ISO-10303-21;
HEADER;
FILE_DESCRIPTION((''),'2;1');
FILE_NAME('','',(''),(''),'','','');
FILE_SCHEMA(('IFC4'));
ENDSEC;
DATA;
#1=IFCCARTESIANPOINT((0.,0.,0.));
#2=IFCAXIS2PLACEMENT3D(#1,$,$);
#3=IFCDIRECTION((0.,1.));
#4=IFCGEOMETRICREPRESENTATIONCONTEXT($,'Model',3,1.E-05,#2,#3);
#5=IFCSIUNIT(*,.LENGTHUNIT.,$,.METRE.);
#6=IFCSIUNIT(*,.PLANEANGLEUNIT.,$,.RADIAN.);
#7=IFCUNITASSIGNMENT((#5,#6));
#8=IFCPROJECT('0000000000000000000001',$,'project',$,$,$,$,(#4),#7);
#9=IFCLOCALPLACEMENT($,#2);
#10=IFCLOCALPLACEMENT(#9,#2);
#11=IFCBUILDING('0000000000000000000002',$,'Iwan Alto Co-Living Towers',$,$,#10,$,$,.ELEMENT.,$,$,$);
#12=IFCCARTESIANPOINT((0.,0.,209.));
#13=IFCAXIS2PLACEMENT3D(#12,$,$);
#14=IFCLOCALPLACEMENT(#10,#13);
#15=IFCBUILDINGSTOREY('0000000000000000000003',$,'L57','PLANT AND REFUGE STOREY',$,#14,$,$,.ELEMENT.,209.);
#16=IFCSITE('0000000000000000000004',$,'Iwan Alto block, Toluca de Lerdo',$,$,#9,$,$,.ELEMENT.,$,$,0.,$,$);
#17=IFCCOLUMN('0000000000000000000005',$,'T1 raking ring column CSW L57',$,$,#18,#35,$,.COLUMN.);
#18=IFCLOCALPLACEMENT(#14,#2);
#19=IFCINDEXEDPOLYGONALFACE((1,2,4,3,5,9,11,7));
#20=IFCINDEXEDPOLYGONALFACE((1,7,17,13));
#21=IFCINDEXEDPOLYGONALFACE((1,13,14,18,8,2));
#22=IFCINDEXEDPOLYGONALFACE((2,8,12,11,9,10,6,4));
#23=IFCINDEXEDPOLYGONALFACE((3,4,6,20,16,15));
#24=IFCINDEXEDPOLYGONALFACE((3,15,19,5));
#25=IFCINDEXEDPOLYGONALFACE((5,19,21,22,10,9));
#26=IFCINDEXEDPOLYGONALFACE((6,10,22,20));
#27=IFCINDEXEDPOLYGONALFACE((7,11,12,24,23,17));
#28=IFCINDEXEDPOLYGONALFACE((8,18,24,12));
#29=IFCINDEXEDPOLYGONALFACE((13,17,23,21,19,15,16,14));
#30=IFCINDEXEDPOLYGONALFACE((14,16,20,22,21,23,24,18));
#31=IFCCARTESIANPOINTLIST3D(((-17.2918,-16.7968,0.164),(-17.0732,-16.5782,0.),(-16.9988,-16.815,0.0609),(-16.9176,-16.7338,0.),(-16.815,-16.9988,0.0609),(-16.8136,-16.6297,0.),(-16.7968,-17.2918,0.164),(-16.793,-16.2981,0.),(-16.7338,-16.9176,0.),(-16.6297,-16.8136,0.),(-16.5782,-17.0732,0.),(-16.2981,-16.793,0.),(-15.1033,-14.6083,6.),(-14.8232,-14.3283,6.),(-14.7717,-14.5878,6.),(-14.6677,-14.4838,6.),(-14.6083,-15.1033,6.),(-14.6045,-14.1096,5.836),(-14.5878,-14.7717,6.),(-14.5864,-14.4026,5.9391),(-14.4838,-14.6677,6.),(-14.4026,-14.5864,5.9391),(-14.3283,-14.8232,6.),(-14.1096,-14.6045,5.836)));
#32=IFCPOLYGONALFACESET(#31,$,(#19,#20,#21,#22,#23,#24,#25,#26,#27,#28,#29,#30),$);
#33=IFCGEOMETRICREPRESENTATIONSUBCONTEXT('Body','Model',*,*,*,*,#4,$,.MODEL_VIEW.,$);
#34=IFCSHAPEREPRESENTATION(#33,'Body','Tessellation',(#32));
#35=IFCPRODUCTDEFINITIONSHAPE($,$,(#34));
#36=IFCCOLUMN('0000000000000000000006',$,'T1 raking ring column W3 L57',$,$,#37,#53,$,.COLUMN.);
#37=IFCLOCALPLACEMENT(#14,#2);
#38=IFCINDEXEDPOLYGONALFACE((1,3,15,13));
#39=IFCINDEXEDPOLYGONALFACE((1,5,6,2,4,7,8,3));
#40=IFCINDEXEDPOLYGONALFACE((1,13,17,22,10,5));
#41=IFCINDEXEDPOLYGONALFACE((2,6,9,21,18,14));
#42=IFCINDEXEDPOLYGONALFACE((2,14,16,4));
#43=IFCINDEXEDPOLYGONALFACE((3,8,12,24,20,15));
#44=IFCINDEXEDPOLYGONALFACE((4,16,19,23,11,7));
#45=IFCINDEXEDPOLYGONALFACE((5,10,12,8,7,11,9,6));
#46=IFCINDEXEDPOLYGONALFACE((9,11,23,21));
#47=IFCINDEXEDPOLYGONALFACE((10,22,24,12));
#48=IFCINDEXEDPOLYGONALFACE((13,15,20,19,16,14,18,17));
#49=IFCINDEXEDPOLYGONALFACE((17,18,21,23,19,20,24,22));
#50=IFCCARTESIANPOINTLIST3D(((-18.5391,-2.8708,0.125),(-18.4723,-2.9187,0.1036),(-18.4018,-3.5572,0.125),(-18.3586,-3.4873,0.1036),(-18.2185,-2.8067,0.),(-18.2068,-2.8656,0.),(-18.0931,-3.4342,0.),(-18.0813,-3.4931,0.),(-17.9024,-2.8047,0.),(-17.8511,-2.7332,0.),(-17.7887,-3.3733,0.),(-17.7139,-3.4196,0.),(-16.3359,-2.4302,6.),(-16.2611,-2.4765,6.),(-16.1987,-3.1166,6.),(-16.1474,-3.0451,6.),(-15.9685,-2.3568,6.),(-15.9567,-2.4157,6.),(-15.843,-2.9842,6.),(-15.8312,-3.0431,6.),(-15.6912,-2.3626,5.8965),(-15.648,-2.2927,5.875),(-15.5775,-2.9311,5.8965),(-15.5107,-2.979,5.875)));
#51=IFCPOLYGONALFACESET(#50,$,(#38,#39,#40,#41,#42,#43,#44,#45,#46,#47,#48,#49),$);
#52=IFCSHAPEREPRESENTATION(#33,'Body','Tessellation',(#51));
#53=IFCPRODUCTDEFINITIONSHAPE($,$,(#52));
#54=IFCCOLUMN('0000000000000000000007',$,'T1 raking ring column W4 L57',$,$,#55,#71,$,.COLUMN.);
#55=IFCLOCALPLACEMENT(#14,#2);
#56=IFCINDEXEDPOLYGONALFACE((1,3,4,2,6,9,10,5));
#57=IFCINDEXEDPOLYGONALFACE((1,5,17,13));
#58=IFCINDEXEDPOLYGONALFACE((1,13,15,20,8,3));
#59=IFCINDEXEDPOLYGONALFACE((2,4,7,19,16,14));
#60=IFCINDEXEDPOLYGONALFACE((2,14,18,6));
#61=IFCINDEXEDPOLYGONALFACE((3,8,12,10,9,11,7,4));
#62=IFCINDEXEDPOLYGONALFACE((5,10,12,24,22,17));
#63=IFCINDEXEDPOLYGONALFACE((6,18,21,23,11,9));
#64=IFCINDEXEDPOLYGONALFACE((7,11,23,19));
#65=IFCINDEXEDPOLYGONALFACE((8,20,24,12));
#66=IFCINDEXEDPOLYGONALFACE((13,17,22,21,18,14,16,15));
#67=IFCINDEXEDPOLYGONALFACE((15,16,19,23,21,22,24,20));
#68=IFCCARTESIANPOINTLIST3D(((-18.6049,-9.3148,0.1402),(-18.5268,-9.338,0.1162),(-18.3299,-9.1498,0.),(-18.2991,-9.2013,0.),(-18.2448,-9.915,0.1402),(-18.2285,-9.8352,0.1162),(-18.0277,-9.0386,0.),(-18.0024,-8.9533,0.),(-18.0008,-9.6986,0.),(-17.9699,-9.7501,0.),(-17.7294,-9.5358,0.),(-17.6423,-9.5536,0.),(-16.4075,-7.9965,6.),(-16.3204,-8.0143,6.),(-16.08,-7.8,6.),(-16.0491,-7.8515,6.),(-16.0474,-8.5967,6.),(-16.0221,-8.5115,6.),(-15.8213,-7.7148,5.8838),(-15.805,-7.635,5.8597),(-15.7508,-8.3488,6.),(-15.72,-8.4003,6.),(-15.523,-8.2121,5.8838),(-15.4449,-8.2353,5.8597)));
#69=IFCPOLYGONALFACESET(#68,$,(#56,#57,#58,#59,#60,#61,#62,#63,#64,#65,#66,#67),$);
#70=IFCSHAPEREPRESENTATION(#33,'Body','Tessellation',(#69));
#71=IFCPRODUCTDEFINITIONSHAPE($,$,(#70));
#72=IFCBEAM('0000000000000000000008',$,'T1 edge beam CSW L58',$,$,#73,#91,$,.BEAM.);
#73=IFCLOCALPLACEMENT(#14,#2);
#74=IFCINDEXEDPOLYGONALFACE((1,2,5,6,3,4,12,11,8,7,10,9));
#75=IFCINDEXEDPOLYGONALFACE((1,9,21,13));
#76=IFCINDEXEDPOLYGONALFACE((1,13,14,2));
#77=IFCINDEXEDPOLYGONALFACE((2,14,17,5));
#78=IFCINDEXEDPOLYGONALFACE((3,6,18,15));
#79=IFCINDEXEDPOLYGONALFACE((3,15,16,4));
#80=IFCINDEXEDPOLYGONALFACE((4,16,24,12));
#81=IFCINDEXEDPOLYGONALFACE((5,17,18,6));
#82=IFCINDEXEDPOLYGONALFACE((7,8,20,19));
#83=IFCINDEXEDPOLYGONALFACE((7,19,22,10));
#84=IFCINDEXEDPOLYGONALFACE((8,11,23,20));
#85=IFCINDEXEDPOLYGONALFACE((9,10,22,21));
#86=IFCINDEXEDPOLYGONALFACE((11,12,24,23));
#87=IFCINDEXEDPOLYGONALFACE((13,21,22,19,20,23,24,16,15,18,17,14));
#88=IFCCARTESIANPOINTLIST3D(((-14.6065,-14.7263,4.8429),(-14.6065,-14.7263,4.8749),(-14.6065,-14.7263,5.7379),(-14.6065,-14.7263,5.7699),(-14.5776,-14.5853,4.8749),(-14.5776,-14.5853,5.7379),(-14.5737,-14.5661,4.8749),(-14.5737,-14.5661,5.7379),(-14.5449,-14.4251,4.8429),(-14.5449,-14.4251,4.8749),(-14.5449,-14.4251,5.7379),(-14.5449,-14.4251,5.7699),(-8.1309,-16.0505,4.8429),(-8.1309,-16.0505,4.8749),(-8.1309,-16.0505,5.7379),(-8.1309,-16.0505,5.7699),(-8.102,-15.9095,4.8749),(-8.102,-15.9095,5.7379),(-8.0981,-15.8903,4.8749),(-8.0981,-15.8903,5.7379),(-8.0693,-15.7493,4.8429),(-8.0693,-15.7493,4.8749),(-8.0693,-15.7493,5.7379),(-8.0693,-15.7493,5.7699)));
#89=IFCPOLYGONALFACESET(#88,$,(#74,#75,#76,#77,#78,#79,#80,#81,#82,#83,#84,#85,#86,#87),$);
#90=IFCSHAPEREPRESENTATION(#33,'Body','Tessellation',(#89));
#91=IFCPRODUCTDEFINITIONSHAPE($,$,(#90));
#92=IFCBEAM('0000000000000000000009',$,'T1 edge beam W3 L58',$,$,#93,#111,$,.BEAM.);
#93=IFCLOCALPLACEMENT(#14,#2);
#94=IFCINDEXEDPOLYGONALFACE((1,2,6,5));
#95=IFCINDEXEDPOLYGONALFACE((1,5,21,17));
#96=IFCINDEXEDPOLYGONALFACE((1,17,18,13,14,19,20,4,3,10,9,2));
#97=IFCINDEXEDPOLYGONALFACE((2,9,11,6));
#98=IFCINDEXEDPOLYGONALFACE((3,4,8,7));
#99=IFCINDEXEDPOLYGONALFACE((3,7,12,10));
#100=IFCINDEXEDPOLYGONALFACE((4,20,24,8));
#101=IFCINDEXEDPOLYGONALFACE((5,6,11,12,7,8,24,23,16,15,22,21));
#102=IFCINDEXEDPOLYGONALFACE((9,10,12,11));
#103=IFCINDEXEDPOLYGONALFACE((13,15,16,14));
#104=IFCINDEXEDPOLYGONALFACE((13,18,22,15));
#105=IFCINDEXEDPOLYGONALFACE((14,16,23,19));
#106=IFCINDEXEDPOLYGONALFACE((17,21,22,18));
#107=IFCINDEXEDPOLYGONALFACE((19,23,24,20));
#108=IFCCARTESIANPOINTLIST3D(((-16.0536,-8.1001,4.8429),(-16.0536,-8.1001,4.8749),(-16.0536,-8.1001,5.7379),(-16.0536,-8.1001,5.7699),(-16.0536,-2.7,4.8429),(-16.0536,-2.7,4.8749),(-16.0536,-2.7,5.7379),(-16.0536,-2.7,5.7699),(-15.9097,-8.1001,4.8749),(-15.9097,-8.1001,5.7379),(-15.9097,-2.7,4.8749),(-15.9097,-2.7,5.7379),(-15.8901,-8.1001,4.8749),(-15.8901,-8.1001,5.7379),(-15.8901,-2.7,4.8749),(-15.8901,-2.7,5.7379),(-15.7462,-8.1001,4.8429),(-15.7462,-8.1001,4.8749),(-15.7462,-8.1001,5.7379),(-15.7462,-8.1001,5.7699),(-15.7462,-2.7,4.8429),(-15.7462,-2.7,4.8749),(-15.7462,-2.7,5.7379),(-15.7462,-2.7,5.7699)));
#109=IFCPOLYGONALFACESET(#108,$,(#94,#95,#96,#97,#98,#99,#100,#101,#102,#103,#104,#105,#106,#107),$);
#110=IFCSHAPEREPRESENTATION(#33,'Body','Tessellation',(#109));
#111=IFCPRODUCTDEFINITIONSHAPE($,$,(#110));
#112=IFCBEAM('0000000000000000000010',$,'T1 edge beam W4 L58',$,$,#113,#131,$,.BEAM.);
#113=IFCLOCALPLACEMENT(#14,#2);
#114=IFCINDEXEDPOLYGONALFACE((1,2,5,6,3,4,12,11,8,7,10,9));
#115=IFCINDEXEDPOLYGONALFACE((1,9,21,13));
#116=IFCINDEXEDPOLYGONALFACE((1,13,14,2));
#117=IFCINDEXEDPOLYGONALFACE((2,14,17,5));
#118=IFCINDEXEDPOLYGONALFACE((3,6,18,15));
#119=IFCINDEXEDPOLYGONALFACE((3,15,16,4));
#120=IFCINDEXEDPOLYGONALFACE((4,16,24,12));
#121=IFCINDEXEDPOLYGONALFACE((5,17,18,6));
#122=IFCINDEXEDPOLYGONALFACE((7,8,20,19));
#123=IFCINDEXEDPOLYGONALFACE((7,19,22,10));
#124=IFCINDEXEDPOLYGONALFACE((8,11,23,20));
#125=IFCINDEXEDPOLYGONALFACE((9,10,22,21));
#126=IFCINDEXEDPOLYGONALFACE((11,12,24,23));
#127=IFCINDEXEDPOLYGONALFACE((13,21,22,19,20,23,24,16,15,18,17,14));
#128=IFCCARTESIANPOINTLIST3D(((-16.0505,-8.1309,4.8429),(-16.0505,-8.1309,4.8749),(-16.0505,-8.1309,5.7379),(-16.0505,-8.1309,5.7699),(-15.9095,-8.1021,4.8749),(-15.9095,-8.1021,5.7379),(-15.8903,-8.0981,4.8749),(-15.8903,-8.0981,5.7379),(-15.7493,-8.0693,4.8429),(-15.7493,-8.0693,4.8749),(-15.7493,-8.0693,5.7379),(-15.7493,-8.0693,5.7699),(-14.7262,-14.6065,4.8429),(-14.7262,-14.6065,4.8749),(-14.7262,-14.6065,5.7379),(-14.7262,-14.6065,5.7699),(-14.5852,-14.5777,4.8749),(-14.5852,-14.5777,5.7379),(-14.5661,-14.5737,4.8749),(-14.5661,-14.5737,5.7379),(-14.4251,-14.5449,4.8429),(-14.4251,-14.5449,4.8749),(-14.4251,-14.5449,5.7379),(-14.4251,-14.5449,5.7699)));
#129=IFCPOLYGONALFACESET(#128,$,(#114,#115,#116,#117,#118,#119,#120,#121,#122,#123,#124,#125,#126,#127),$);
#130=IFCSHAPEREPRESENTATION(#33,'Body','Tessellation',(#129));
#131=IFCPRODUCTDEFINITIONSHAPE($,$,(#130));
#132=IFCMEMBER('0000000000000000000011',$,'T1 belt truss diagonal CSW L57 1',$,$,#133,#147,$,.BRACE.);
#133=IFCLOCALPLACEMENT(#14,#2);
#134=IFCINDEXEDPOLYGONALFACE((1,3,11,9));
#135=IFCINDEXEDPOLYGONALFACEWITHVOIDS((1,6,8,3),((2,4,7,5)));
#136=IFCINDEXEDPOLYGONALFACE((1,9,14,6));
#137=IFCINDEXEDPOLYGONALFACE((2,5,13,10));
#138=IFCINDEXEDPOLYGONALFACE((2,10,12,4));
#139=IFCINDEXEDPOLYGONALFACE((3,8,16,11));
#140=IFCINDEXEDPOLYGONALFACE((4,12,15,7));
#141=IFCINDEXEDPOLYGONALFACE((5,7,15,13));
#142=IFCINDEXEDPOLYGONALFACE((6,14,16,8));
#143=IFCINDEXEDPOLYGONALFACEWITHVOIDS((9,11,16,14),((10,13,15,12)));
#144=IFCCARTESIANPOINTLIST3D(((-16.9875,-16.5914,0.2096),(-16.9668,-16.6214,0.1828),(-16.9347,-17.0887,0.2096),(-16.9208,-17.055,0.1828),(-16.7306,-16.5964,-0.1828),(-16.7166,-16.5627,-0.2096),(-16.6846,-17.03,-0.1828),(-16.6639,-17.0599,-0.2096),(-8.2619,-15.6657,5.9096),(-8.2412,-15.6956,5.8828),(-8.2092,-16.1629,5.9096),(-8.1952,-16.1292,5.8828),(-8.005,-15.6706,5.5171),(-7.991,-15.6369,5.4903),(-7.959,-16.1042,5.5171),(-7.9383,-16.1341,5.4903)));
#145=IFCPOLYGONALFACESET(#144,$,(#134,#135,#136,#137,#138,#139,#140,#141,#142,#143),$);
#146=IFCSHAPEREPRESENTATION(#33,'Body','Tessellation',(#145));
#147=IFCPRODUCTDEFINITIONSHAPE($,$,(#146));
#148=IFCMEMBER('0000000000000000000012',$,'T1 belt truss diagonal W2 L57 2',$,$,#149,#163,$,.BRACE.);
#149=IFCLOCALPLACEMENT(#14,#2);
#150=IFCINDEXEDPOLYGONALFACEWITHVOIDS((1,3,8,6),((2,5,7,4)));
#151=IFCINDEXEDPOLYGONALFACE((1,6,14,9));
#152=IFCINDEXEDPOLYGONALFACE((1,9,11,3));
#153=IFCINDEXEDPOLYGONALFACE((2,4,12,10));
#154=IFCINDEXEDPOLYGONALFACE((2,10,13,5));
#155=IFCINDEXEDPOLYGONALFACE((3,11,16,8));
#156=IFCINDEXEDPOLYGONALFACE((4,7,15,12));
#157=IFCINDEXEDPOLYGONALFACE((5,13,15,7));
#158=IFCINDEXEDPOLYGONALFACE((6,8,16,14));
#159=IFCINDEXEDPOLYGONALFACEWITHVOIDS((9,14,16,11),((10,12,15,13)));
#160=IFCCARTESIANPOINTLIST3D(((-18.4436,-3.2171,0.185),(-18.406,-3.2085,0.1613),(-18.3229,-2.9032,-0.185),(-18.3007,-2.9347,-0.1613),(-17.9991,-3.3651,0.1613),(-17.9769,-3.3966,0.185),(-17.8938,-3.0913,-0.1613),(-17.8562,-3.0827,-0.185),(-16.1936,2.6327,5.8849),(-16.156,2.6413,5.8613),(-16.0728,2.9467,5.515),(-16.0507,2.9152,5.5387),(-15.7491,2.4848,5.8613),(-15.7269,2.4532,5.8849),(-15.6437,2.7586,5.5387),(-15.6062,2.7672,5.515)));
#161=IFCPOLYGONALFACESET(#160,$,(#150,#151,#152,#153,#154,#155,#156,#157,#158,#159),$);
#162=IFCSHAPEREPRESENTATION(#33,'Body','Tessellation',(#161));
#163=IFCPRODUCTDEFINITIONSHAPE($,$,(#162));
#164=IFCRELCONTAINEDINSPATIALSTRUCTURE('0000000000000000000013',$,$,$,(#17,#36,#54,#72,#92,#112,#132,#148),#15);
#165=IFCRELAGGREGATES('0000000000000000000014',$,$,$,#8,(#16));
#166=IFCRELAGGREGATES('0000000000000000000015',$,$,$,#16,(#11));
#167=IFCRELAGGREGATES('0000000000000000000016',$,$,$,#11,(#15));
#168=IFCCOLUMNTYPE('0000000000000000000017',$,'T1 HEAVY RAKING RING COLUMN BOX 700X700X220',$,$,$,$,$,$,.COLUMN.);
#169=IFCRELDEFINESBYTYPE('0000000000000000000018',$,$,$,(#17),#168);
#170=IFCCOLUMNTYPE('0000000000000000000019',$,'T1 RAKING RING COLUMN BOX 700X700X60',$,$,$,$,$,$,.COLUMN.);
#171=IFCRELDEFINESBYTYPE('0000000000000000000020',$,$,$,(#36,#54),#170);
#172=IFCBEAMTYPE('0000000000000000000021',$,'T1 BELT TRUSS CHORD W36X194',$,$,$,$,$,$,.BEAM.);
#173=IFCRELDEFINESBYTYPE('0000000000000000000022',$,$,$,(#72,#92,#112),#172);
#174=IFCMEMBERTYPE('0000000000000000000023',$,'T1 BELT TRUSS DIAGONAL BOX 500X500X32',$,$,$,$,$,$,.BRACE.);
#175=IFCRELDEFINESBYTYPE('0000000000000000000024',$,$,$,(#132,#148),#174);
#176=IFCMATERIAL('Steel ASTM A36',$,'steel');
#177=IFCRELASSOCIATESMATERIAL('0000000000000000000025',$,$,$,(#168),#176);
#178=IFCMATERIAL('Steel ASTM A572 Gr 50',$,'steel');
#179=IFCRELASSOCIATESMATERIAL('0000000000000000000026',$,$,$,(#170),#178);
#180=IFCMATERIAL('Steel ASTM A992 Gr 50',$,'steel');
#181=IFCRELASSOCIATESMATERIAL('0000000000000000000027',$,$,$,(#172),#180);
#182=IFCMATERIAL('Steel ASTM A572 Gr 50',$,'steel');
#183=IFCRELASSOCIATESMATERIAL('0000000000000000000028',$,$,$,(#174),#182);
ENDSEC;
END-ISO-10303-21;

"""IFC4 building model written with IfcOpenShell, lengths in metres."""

from ifc_helpers import new_model, si_unit, direction, frame, origin, origin_2d, place, context, subcontext, project, spatial, hollow_rectangle, i_section, extrude, clip, halfspace, material, material_profile, profile_set, type_object, element, save


model = new_model("IFC4")

# Units and contexts
model_context = context("Model", 3, precision=1e-05, world=origin(), true_north=direction((0.0, 1.0)))
body_context = subcontext(model_context, "Body", "Model", "MODEL_VIEW")
ifc_project = project(units=[si_unit("LENGTHUNIT", "METRE"), si_unit("PLANEANGLEUNIT", "RADIAN")], contexts=[model_context])

# Site, building, storey
site_placement = place(None, origin())
site = spatial("IfcSite", under=ifc_project, at=site_placement, Name="Iwan Alto block, Toluca de Lerdo", CompositionType="ELEMENT", RefElevation=0.0)
building_placement = place(site_placement, origin())
building = spatial("IfcBuilding", under=site, at=building_placement, Name="Iwan Alto Co-Living Towers", CompositionType="ELEMENT")
storey_placement = place(building_placement, frame((0.0, 0.0, 209.0)))
storey = spatial("IfcBuildingStorey", under=building, at=storey_placement, Name="L57", Description="PLANT AND REFUGE STOREY", CompositionType="ELEMENT", Elevation=209.0)

# Columns
ifc_material_1 = material(Name="Steel ASTM A36", Category="steel")
ifc_material_profile_1 = material_profile(ifc_material_1, hollow_rectangle(XDim=0.7, YDim=0.7, WallThickness=0.22, at=origin_2d()), Name="BOX 700X700X220")
ifc_profile_set_1 = profile_set([ifc_material_profile_1], Name="Steel ASTM A36")
column_type_1 = type_object("IfcColumnType", Name="T1 HEAVY RAKING RING COLUMN BOX 700X700X220", PredefinedType="COLUMN", material=ifc_profile_set_1)
column_1_placement = place(storey_placement, frame((-16.8257, -16.8257, 0.0), z_axis=(0.331295, 0.331295, 0.883452), x_axis=(-0.707107, 0.707107, 0.0)))
element("IfcColumn", 1, at=column_1_placement, inside=storey, type_object=column_type_1, Name="T1 raking ring column CSW L57", PredefinedType="COLUMN", context=body_context, shape_type="Clipping", body=[
    clip(clip(extrude(hollow_rectangle(XDim=0.7, YDim=0.7, WallThickness=0.22, at=origin_2d()), origin(), (0.0, 0.0, 1.0), 6.7915), halfspace(frame((0.0, 0.0, 0.0), z_axis=(0.0, -0.468521, -0.883452), x_axis=(-0.707107, -0.624695, 0.331295)), False)), halfspace(frame((0.0, 2.811, 5.3008), z_axis=(0.0, 0.468521, 0.883452), x_axis=(-0.707107, -0.624695, 0.331295)), False)),
])
ifc_material_2 = material(Name="Steel ASTM A572 Gr 50", Category="steel")
ifc_material_profile_2 = material_profile(ifc_material_2, hollow_rectangle(XDim=0.7, YDim=0.7, WallThickness=0.0601, at=origin_2d()), Name="BOX 700X700X60")
ifc_profile_set_2 = profile_set([ifc_material_profile_2], Name="Steel ASTM A572 Gr 50")
column_type_2 = type_object("IfcColumnType", Name="T1 RAKING RING COLUMN BOX 700X700X60", PredefinedType="COLUMN", material=ifc_profile_set_2)
column_2_placement = place(storey_placement, frame((-18.1499, -3.1499, 0.0), z_axis=(0.350261, 0.070045, 0.934029), x_axis=(-0.196096, 0.980585, 0.0)))
element("IfcColumn", 2, at=column_2_placement, inside=storey, type_object=column_type_2, Name="T1 raking ring column W3 L57", PredefinedType="COLUMN", context=body_context, shape_type="Clipping", body=[
    clip(clip(extrude(hollow_rectangle(XDim=0.7, YDim=0.7, WallThickness=0.0601, at=origin_2d()), origin(), (0.0, 0.0, 1.0), 6.4238), halfspace(frame((0.0, 0.0, 0.0), z_axis=(0.0, -0.357196, -0.934029), x_axis=(-0.196096, -0.915895, 0.350261)), False)), halfspace(frame((0.0, 2.1431, 5.6042), z_axis=(0.0, 0.357196, 0.934029), x_axis=(-0.196096, -0.915895, 0.350261)), False)),
])
column_3_placement = place(storey_placement, frame((-18.1499, -9.45, 0.0), z_axis=(0.343583, 0.206128, 0.916222), x_axis=(-0.514455, 0.857518, 0.0)))
element("IfcColumn", 3, at=column_3_placement, inside=storey, type_object=column_type_2, Name="T1 raking ring column W4 L57", PredefinedType="COLUMN", context=body_context, shape_type="Clipping", body=[
    clip(clip(extrude(hollow_rectangle(XDim=0.7, YDim=0.7, WallThickness=0.0601, at=origin_2d()), origin(), (0.0, 0.0, 1.0), 6.5486), halfspace(frame((0.0, 0.0, 0.0), z_axis=(0.0, -0.400672, -0.916222), x_axis=(-0.514455, -0.785676, 0.343583)), False)), halfspace(frame((0.0, 2.4041, 5.4973), z_axis=(0.0, 0.400672, 0.916222), x_axis=(-0.514455, -0.785676, 0.343583)), False)),
])

# Beams
ifc_material_3 = material(Name="Steel ASTM A992 Gr 50", Category="steel")
ifc_material_profile_3 = material_profile(ifc_material_3, i_section(OverallWidth=0.3074, OverallDepth=0.927, WebThickness=0.0195, FlangeThickness=0.032, at=origin_2d()), Name="W36X194")
ifc_profile_set_3 = profile_set([ifc_material_profile_3], Name="Steel ASTM A992 Gr 50")
beam_type_1 = type_object("IfcBeamType", Name="T1 BELT TRUSS CHORD W36X194", PredefinedType="BEAM", material=ifc_profile_set_3)
beam_1_placement = place(storey_placement, frame((-14.5757, -14.5757, 5.3064), z_axis=(0.979725, -0.200348, 0.0), x_axis=(0.200348, 0.979725, 0.0)))
element("IfcBeam", 4, at=beam_1_placement, inside=storey, type_object=beam_type_1, Name="T1 edge beam CSW L58", PredefinedType="BEAM", context=body_context, shape_type="SweptSolid", body=[
    extrude(i_section(OverallWidth=0.3074, OverallDepth=0.927, WebThickness=0.0195, FlangeThickness=0.032, at=origin_2d()), origin(), (0.0, 0.0, 1.0), 6.6096),
])
beam_2_placement = place(storey_placement, frame((-15.8999, -2.7, 5.3064), z_axis=(0.0, -1.0, 0.0), x_axis=(1.0, 0.0, 0.0)))
element("IfcBeam", 5, at=beam_2_placement, inside=storey, type_object=beam_type_1, Name="T1 edge beam W3 L58", PredefinedType="BEAM", context=body_context, shape_type="SweptSolid", body=[
    extrude(i_section(OverallWidth=0.3074, OverallDepth=0.927, WebThickness=0.0195, FlangeThickness=0.032, at=origin_2d()), origin(), (0.0, 0.0, 1.0), 5.4001),
])
beam_3_placement = place(storey_placement, frame((-15.8999, -8.1001, 5.3064), z_axis=(0.200348, -0.979725, 0.0), x_axis=(0.979725, 0.200348, 0.0)))
element("IfcBeam", 6, at=beam_3_placement, inside=storey, type_object=beam_type_1, Name="T1 edge beam W4 L58", PredefinedType="BEAM", context=body_context, shape_type="SweptSolid", body=[
    extrude(i_section(OverallWidth=0.3074, OverallDepth=0.927, WebThickness=0.0195, FlangeThickness=0.032, at=origin_2d()), origin(), (0.0, 0.0, 1.0), 6.6096),
])

# Members
ifc_material_4 = material(Name="Steel ASTM A572 Gr 50", Category="steel")
ifc_material_profile_4 = material_profile(ifc_material_4, hollow_rectangle(XDim=0.5, YDim=0.5, WallThickness=0.032, at=origin_2d()), Name="BOX 500X500X32")
ifc_profile_set_4 = profile_set([ifc_material_profile_4], Name="Steel ASTM A572 Gr 50")
member_type_1 = type_object("IfcMemberType", Name="T1 BELT TRUSS DIAGONAL BOX 500X500X32", PredefinedType="BRACE", material=ifc_profile_set_4)
member_1_placement = place(storey_placement, frame((-16.8257, -16.8257, 0.0), z_axis=(0.833916, 0.088478, 0.544752), x_axis=(-0.105507, 0.994419, 0.0)))
element("IfcMember", 7, at=member_1_placement, inside=storey, type_object=member_type_1, Name="T1 belt truss diagonal CSW L57 1", PredefinedType="BRACE", context=body_context, shape_type="SweptSolid", body=[
    extrude(hollow_rectangle(XDim=0.5, YDim=0.5, WallThickness=0.032, at=origin_2d()), origin(), (0.0, 0.0, 1.0), 10.4634),
])
member_2_placement = place(storey_placement, frame((-18.1499, -3.1499, 0.0), z_axis=(0.265585, 0.690503, 0.672808), x_axis=(-0.933343, 0.358987, 0.0)))
element("IfcMember", 8, at=member_2_placement, inside=storey, type_object=member_type_1, Name="T1 belt truss diagonal W2 L57 2", PredefinedType="BRACE", context=body_context, shape_type="SweptSolid", body=[
    extrude(hollow_rectangle(XDim=0.5, YDim=0.5, WallThickness=0.032, at=origin_2d()), origin(), (0.0, 0.0, 1.0), 8.4719),
])

save(model, "model.ifc")
